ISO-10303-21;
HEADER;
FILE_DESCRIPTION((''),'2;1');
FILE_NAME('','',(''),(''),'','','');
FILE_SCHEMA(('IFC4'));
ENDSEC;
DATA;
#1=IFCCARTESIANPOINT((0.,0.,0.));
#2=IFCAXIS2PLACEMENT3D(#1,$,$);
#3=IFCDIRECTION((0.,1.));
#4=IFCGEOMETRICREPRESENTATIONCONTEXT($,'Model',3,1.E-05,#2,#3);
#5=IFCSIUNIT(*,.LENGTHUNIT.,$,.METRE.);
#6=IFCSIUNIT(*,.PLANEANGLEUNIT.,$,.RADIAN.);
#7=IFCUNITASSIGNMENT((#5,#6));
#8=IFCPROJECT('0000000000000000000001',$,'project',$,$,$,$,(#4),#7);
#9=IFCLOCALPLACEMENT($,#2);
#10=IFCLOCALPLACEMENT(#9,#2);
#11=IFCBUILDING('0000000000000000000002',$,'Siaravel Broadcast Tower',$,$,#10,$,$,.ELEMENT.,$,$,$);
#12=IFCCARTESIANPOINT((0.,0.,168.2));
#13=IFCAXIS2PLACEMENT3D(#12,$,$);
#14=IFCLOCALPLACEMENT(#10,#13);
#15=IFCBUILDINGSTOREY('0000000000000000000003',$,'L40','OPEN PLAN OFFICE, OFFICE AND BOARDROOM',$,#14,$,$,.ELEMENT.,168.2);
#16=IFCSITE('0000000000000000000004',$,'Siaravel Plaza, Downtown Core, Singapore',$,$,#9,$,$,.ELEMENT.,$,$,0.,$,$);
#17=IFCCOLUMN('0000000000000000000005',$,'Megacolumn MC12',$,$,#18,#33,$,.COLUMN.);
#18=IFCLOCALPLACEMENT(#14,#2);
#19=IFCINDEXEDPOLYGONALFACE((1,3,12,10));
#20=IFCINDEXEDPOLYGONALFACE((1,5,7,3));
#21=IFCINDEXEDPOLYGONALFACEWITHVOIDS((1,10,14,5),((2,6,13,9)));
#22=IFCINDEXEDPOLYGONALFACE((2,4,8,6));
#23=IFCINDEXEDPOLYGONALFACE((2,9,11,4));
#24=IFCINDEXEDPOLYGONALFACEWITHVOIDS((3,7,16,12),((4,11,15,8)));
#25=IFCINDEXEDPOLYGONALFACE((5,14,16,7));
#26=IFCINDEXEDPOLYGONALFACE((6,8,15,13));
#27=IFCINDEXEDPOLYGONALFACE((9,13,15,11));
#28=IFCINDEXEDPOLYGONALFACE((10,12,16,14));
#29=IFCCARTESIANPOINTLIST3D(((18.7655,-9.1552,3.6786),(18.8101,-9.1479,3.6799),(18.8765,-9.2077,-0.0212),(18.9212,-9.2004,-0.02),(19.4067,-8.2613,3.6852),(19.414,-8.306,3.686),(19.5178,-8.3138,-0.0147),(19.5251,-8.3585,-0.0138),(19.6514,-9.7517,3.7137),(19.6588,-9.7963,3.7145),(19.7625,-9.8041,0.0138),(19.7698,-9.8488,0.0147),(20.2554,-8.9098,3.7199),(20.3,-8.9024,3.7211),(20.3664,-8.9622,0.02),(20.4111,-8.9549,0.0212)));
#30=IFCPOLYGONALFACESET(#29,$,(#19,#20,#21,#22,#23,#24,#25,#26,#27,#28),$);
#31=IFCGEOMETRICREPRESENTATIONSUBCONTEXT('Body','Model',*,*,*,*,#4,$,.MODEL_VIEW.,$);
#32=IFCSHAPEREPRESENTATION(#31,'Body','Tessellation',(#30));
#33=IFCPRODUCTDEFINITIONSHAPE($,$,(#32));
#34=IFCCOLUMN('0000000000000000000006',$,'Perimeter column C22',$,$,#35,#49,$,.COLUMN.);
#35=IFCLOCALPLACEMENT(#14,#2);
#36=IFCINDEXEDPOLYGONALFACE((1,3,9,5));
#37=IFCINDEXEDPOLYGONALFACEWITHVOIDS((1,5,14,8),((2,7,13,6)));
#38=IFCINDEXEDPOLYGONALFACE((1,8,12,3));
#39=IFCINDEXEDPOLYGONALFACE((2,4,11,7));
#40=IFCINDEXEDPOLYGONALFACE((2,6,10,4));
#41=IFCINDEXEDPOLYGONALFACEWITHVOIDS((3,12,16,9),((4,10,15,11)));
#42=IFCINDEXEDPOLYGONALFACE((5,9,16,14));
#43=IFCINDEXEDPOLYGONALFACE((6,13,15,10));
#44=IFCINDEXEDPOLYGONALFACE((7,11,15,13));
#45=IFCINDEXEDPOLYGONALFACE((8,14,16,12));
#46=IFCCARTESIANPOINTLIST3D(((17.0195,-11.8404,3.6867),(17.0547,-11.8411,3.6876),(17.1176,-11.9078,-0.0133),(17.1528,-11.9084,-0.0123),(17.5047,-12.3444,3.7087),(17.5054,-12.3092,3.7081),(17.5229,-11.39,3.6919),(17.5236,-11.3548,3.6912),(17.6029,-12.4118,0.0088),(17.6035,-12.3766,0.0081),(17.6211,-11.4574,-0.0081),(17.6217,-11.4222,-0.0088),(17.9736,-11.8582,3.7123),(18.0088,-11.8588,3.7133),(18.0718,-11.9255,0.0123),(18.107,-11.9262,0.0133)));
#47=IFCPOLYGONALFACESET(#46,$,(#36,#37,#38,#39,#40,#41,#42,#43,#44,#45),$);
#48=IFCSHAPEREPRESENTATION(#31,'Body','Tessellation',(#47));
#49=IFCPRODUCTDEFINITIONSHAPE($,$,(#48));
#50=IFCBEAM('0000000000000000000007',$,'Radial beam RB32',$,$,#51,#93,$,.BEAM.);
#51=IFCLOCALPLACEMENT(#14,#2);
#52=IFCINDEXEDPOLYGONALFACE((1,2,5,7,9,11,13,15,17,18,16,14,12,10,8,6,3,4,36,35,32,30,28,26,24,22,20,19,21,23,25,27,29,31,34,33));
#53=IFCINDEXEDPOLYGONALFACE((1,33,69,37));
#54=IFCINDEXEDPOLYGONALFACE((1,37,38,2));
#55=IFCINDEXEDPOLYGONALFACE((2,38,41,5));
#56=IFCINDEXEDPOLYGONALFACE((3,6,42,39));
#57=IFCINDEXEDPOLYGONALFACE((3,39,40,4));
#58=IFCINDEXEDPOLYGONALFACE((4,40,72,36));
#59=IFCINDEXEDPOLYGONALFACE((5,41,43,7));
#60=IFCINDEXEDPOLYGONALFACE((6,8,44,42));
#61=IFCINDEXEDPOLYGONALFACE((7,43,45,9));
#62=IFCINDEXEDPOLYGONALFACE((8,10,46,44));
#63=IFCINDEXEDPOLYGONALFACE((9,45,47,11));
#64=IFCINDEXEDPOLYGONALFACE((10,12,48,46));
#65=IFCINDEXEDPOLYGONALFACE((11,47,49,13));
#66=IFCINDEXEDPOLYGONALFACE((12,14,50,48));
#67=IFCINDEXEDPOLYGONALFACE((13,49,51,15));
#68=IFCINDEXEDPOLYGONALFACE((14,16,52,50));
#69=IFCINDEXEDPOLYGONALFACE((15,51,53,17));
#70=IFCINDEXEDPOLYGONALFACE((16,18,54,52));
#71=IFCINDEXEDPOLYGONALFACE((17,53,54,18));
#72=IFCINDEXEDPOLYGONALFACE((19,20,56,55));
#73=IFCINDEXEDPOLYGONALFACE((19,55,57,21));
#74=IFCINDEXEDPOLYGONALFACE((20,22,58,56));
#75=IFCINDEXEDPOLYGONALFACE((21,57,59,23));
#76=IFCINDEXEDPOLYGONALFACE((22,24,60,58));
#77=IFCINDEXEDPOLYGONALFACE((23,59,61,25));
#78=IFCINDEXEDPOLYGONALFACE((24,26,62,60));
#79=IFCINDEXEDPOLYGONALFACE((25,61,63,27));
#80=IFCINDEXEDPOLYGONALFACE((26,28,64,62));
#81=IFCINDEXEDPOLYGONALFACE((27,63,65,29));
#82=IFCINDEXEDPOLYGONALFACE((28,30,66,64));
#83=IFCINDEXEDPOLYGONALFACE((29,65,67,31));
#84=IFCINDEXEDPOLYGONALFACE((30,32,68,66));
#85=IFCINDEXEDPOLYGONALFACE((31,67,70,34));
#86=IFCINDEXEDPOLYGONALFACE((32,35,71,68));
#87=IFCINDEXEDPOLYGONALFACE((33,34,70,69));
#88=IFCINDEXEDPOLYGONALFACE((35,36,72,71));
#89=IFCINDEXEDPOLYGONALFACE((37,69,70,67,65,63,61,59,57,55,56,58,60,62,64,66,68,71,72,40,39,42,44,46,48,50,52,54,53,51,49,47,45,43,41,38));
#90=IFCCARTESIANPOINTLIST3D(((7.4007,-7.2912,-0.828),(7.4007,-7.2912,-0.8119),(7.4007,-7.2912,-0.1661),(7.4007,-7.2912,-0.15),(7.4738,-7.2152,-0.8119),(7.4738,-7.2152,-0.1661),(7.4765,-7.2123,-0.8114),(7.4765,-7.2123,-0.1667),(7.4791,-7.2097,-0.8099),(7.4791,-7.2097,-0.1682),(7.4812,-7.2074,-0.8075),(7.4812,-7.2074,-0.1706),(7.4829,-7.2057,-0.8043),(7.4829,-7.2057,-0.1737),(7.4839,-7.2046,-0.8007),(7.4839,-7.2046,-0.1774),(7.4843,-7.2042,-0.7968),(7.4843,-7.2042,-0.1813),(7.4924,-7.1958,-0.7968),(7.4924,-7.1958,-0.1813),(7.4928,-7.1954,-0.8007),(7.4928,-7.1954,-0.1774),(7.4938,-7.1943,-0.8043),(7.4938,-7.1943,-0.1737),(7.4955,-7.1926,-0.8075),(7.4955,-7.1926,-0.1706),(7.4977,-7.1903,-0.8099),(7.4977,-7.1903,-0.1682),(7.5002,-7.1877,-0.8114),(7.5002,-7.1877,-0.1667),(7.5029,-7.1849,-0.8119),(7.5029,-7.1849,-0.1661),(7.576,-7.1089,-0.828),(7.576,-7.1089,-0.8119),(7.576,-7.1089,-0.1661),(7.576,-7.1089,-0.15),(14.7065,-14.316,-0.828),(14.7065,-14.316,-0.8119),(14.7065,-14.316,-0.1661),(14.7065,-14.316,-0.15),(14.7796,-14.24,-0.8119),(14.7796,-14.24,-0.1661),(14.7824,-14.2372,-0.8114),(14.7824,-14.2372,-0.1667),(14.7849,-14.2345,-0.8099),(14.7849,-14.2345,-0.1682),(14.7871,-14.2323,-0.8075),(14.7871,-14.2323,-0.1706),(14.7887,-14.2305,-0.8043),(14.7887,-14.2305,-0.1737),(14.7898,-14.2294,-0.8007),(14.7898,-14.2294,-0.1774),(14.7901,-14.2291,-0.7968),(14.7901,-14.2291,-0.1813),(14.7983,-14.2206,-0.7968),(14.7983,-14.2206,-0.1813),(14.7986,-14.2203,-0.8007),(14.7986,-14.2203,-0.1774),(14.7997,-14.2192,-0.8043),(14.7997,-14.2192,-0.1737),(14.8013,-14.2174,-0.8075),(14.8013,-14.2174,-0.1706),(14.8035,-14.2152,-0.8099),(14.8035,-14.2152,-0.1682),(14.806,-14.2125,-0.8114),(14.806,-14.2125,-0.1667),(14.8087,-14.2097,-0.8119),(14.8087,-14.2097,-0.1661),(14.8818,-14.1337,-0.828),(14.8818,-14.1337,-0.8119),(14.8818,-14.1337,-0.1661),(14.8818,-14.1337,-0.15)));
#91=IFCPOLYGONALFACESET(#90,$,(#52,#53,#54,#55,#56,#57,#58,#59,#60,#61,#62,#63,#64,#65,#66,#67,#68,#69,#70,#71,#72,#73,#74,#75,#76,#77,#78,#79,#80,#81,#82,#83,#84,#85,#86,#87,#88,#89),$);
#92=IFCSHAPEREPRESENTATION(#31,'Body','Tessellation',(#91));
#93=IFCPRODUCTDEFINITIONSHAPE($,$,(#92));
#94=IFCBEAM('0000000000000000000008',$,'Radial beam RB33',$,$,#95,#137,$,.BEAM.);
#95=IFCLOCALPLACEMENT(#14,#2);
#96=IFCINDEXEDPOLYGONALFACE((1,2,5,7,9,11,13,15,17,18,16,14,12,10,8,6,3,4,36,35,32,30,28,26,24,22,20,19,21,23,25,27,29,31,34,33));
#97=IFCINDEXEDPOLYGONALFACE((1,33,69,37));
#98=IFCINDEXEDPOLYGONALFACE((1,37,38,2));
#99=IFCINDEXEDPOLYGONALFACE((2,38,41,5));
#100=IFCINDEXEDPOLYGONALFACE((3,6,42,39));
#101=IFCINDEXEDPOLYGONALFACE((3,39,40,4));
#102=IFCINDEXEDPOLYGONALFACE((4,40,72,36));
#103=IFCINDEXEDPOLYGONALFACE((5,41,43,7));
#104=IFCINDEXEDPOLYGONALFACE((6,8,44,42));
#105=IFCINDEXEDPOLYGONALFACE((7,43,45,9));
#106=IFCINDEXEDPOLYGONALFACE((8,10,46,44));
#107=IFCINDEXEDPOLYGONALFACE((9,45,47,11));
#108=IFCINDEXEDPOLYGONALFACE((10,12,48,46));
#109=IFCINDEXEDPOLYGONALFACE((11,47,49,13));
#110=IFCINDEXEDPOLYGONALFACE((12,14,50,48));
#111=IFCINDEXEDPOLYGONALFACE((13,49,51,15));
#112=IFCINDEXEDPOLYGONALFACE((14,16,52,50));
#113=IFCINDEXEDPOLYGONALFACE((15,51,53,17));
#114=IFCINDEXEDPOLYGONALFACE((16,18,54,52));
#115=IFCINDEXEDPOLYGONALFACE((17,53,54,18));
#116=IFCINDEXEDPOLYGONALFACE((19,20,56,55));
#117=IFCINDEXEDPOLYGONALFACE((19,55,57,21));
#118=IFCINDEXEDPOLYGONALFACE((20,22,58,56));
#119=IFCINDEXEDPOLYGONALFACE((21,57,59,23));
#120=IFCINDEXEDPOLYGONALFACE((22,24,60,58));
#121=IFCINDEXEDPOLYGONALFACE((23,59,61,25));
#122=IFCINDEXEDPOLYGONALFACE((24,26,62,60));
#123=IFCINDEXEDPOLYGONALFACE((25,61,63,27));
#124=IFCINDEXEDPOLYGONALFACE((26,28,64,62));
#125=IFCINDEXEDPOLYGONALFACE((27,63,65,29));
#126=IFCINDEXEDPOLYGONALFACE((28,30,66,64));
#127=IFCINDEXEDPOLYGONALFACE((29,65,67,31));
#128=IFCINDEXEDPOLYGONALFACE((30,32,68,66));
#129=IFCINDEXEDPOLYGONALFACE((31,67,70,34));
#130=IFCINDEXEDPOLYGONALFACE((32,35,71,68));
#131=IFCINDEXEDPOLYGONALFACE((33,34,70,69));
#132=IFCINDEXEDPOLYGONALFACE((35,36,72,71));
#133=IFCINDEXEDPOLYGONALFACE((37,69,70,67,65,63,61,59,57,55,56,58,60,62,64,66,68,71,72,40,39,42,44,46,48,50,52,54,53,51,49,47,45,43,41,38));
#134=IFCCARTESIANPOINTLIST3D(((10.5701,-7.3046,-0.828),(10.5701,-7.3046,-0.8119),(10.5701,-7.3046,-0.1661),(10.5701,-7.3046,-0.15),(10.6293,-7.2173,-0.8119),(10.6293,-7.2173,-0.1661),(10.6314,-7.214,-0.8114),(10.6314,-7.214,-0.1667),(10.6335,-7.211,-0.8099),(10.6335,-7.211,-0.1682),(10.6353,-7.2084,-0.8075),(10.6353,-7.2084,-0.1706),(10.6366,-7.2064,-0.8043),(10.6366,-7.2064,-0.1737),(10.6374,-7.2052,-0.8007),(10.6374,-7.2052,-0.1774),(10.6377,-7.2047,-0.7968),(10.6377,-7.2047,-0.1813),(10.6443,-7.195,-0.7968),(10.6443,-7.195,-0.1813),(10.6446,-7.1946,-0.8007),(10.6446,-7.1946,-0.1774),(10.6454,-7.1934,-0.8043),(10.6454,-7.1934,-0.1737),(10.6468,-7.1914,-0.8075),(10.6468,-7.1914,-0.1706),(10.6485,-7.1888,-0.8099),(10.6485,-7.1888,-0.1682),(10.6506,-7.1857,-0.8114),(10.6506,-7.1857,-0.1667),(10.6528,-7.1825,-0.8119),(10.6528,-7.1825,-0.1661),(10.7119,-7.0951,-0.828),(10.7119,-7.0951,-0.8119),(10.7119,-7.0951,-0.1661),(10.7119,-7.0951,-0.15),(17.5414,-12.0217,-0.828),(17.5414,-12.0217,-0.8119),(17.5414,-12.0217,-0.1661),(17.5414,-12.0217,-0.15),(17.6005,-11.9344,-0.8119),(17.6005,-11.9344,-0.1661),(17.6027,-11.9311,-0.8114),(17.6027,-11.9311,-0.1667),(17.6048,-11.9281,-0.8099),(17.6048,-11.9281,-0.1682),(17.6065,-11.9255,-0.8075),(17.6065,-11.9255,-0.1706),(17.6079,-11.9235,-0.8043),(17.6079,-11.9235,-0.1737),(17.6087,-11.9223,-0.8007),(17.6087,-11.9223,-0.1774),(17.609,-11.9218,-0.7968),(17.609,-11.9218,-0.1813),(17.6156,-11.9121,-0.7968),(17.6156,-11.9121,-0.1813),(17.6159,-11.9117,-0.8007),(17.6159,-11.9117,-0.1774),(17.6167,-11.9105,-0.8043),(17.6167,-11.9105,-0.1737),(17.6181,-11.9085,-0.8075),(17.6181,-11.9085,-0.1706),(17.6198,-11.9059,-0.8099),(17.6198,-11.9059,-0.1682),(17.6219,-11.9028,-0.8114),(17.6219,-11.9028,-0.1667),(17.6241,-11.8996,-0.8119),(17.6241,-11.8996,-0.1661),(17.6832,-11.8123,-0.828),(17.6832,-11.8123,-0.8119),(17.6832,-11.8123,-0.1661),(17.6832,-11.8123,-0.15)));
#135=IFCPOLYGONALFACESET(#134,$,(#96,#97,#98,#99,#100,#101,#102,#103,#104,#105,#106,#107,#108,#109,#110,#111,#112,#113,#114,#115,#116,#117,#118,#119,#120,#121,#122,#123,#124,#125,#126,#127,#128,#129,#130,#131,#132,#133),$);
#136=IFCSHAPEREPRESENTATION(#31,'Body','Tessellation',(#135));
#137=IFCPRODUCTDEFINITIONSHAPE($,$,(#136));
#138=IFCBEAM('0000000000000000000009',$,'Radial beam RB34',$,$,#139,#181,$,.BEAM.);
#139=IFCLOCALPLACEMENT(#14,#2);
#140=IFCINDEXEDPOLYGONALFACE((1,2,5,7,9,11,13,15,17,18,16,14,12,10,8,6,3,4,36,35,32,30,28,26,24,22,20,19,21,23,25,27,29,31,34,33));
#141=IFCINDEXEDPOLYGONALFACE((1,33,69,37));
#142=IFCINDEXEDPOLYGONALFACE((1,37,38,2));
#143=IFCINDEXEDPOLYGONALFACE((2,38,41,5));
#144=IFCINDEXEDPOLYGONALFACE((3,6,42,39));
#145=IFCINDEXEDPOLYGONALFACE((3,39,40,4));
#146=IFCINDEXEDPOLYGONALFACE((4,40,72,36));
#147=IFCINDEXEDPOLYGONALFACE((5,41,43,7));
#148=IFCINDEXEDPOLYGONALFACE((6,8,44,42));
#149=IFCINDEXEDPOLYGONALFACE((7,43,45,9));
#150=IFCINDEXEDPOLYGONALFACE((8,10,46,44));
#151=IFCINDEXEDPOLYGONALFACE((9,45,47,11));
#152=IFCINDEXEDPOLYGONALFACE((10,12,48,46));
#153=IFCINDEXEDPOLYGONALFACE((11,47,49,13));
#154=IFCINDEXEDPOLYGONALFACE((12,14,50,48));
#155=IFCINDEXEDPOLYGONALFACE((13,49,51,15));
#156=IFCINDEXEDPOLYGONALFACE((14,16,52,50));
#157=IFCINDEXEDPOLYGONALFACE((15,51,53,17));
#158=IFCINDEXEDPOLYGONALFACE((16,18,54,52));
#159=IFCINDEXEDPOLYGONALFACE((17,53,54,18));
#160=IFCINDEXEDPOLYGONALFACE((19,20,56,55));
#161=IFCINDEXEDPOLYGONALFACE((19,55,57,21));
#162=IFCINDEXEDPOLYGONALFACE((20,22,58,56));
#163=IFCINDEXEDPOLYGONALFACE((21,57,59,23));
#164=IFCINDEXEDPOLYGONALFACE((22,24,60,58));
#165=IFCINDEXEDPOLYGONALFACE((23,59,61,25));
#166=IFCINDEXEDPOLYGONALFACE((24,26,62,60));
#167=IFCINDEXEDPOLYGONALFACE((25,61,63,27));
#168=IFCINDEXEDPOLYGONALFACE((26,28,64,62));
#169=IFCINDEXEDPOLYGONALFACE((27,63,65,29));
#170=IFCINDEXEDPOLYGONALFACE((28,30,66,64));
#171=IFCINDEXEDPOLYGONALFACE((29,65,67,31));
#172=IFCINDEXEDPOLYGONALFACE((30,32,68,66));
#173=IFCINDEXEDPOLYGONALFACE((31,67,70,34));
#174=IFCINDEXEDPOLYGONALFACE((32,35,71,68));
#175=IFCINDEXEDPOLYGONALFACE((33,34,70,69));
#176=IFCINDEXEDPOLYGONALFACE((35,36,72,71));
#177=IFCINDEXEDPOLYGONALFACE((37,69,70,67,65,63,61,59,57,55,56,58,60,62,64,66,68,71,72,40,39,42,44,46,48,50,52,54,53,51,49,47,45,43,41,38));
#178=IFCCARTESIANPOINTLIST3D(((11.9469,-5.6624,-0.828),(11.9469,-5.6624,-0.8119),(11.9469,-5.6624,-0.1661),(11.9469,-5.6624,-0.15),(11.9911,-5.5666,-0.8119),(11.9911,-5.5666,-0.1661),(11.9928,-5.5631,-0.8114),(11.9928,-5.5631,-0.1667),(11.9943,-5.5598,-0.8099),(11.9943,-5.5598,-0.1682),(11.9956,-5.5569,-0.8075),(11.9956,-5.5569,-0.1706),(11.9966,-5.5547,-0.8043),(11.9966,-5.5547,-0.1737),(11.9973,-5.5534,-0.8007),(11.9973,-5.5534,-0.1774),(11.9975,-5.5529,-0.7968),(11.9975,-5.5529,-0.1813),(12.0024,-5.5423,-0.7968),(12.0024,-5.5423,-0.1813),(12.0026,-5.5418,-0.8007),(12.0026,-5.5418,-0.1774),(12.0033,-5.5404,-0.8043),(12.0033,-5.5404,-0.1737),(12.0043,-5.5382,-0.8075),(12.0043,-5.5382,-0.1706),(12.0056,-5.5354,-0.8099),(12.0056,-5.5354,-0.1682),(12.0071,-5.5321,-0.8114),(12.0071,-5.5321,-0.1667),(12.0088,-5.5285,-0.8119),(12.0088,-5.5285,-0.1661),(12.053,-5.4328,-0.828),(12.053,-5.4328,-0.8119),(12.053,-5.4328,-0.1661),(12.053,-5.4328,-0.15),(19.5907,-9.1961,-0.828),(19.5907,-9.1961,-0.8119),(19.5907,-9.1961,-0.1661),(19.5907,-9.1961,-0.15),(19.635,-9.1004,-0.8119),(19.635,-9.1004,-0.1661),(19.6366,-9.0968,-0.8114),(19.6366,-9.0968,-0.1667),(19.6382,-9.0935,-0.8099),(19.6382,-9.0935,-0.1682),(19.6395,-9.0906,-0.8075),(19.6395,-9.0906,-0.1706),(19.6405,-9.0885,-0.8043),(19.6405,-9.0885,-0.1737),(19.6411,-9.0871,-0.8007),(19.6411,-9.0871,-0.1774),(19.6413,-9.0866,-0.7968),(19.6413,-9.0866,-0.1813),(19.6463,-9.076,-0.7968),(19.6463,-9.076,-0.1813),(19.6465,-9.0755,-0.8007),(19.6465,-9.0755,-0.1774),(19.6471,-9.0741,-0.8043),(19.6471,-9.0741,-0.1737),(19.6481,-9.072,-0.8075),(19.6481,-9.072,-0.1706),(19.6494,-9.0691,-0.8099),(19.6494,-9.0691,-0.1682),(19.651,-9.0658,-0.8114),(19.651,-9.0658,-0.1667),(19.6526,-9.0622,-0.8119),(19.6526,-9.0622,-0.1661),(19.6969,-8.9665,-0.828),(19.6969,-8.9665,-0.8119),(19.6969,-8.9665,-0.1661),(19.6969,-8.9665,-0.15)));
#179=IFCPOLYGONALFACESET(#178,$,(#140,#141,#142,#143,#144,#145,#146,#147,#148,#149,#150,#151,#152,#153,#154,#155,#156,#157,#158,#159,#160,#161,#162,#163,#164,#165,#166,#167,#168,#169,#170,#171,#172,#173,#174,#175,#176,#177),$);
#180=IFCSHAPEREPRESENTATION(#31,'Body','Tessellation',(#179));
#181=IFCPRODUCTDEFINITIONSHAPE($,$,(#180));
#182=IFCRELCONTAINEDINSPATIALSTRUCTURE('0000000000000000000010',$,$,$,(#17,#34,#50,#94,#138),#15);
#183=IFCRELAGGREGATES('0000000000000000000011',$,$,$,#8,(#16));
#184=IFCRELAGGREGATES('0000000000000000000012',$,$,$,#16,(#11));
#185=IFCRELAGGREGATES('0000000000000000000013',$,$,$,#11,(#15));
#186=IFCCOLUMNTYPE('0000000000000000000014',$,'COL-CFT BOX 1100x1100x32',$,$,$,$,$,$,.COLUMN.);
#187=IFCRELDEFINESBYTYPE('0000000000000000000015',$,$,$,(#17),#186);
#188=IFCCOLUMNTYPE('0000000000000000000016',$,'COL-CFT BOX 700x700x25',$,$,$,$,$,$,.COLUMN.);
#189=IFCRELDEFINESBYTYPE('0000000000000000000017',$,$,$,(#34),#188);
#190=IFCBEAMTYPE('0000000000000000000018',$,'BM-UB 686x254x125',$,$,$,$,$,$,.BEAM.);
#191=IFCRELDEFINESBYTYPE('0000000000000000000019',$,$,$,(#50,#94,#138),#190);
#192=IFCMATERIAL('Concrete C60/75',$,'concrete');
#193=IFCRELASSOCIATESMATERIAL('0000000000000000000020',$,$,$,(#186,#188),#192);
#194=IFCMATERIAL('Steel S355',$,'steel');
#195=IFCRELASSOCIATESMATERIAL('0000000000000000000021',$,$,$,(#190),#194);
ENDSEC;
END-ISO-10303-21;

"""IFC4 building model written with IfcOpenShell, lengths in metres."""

from ifc_helpers import new_model, si_unit, direction, frame, origin, origin_2d, place, context, subcontext, project, spatial, hollow_rectangle, i_section, extrude, material, material_profile, profile_set, type_object, element, save


model = new_model("IFC4")

# Units and contexts
model_context = context("Model", 3, precision=1e-05, world=origin(), true_north=direction((0.0, 1.0)))
body_context = subcontext(model_context, "Body", "Model", "MODEL_VIEW")
ifc_project = project(units=[si_unit("LENGTHUNIT", "METRE"), si_unit("PLANEANGLEUNIT", "RADIAN")], contexts=[model_context])

# Site, building, storey
site_placement = place(None, origin())
site = spatial("IfcSite", under=ifc_project, at=site_placement, Name="Siaravel Plaza, Downtown Core, Singapore", CompositionType="ELEMENT", RefElevation=0.0)
building_placement = place(site_placement, origin())
building = spatial("IfcBuilding", under=site, at=building_placement, Name="Siaravel Broadcast Tower", CompositionType="ELEMENT")
storey_placement = place(building_placement, frame((0.0, 0.0, 168.2)))
storey = spatial("IfcBuildingStorey", under=building, at=storey_placement, Name="L40", Description="OPEN PLAN OFFICE, OFFICE AND BOARDROOM", CompositionType="ELEMENT", Elevation=168.2)

# Columns
ifc_material_1 = material(Name="Concrete C60/75", Category="concrete")
ifc_material_profile_1 = material_profile(ifc_material_1, hollow_rectangle(XDim=1.1001, YDim=1.1001, WallThickness=0.032, at=origin_2d()))
ifc_profile_set_1 = profile_set([ifc_material_profile_1], Name="Concrete C60/75")
column_type_1 = type_object("IfcColumnType", Name="COL-CFT BOX 1100x1100x32", PredefinedType="COLUMN", material=ifc_profile_set_1)
column_1_placement = place(storey_placement, frame((19.6438, -9.0813, 0.0), z_axis=(-0.030007, 0.014179, 0.999449), x_axis=(-0.582871, -0.812543, -0.005972)))
element("IfcColumn", 1, at=column_1_placement, inside=storey, type_object=column_type_1, Name="Megacolumn MC12", PredefinedType="COLUMN", context=body_context, shape_type="SweptSolid", body=[
    extrude(hollow_rectangle(XDim=1.1001, YDim=1.1001, WallThickness=0.032, at=origin_2d()), origin(), (0.0, 0.0, 1.0), 3.7019),
])
ifc_material_profile_2 = material_profile(ifc_material_1, hollow_rectangle(XDim=0.7, YDim=0.7, WallThickness=0.0249, at=origin_2d()))
ifc_profile_set_2 = profile_set([ifc_material_profile_2], Name="Concrete C60/75")
column_type_2 = type_object("IfcColumnType", Name="COL-CFT BOX 700x700x25", PredefinedType="COLUMN", material=ifc_profile_set_2)
column_2_placement = place(storey_placement, frame((17.6123, -11.917, 0.0), z_axis=(-0.026512, 0.018202, 0.999483), x_axis=(-0.720214, -0.693722, -0.00647)))
element("IfcColumn", 2, at=column_2_placement, inside=storey, type_object=column_type_2, Name="Perimeter column C22", PredefinedType="COLUMN", context=body_context, shape_type="SweptSolid", body=[
    extrude(hollow_rectangle(XDim=0.7, YDim=0.7, WallThickness=0.0249, at=origin_2d()), origin(), (0.0, 0.0, 1.0), 3.7019),
])

# Beams
ifc_material_2 = material(Name="Steel S355", Category="steel")
ifc_material_profile_3 = material_profile(ifc_material_2, i_section(OverallWidth=0.2529, OverallDepth=0.678, WebThickness=0.0117, FlangeThickness=0.0161, FilletRadius=0.0151, at=origin_2d()))
ifc_profile_set_3 = profile_set([ifc_material_profile_3], Name="Steel S355")
beam_type = type_object("IfcBeamType", Name="BM-UB 686x254x125", PredefinedType="BEAM", material=ifc_profile_set_3)
beam_1_placement = place(storey_placement, frame((14.7942, -14.2249, -0.489), z_axis=(-0.720834, 0.693108, 0.0), x_axis=(-0.693108, -0.720834, 0.0)))
element("IfcBeam", 3, at=beam_1_placement, inside=storey, type_object=beam_type, Name="Radial beam RB32", PredefinedType="BEAM", context=body_context, shape_type="SweptSolid", body=[
    extrude(i_section(OverallWidth=0.2529, OverallDepth=0.678, WebThickness=0.0117, FlangeThickness=0.0161, FilletRadius=0.0151, at=origin_2d()), origin(), (0.0, 0.0, 1.0), 10.1353),
])
beam_2_placement = place(storey_placement, frame((17.6123, -11.917, -0.489), z_axis=(-0.828215, 0.56041, 0.0), x_axis=(-0.56041, -0.828215, 0.0)))
element("IfcBeam", 4, at=beam_2_placement, inside=storey, type_object=beam_type, Name="Radial beam RB33", PredefinedType="BEAM", context=body_context, shape_type="SweptSolid", body=[
    extrude(i_section(OverallWidth=0.2529, OverallDepth=0.678, WebThickness=0.0117, FlangeThickness=0.0161, FilletRadius=0.0151, at=origin_2d()), origin(), (0.0, 0.0, 1.0), 8.4172),
])
beam_3_placement = place(storey_placement, frame((19.6438, -9.0813, -0.489), z_axis=(-0.907698, 0.419624, 0.0), x_axis=(-0.419624, -0.907698, 0.0)))
element("IfcBeam", 5, at=beam_3_placement, inside=storey, type_object=beam_type, Name="Radial beam RB34", PredefinedType="BEAM", context=body_context, shape_type="SweptSolid", body=[
    extrude(i_section(OverallWidth=0.2529, OverallDepth=0.678, WebThickness=0.0117, FlangeThickness=0.0161, FilletRadius=0.0151, at=origin_2d()), origin(), (0.0, 0.0, 1.0), 8.4211),
])

save(model, "model.ifc")
